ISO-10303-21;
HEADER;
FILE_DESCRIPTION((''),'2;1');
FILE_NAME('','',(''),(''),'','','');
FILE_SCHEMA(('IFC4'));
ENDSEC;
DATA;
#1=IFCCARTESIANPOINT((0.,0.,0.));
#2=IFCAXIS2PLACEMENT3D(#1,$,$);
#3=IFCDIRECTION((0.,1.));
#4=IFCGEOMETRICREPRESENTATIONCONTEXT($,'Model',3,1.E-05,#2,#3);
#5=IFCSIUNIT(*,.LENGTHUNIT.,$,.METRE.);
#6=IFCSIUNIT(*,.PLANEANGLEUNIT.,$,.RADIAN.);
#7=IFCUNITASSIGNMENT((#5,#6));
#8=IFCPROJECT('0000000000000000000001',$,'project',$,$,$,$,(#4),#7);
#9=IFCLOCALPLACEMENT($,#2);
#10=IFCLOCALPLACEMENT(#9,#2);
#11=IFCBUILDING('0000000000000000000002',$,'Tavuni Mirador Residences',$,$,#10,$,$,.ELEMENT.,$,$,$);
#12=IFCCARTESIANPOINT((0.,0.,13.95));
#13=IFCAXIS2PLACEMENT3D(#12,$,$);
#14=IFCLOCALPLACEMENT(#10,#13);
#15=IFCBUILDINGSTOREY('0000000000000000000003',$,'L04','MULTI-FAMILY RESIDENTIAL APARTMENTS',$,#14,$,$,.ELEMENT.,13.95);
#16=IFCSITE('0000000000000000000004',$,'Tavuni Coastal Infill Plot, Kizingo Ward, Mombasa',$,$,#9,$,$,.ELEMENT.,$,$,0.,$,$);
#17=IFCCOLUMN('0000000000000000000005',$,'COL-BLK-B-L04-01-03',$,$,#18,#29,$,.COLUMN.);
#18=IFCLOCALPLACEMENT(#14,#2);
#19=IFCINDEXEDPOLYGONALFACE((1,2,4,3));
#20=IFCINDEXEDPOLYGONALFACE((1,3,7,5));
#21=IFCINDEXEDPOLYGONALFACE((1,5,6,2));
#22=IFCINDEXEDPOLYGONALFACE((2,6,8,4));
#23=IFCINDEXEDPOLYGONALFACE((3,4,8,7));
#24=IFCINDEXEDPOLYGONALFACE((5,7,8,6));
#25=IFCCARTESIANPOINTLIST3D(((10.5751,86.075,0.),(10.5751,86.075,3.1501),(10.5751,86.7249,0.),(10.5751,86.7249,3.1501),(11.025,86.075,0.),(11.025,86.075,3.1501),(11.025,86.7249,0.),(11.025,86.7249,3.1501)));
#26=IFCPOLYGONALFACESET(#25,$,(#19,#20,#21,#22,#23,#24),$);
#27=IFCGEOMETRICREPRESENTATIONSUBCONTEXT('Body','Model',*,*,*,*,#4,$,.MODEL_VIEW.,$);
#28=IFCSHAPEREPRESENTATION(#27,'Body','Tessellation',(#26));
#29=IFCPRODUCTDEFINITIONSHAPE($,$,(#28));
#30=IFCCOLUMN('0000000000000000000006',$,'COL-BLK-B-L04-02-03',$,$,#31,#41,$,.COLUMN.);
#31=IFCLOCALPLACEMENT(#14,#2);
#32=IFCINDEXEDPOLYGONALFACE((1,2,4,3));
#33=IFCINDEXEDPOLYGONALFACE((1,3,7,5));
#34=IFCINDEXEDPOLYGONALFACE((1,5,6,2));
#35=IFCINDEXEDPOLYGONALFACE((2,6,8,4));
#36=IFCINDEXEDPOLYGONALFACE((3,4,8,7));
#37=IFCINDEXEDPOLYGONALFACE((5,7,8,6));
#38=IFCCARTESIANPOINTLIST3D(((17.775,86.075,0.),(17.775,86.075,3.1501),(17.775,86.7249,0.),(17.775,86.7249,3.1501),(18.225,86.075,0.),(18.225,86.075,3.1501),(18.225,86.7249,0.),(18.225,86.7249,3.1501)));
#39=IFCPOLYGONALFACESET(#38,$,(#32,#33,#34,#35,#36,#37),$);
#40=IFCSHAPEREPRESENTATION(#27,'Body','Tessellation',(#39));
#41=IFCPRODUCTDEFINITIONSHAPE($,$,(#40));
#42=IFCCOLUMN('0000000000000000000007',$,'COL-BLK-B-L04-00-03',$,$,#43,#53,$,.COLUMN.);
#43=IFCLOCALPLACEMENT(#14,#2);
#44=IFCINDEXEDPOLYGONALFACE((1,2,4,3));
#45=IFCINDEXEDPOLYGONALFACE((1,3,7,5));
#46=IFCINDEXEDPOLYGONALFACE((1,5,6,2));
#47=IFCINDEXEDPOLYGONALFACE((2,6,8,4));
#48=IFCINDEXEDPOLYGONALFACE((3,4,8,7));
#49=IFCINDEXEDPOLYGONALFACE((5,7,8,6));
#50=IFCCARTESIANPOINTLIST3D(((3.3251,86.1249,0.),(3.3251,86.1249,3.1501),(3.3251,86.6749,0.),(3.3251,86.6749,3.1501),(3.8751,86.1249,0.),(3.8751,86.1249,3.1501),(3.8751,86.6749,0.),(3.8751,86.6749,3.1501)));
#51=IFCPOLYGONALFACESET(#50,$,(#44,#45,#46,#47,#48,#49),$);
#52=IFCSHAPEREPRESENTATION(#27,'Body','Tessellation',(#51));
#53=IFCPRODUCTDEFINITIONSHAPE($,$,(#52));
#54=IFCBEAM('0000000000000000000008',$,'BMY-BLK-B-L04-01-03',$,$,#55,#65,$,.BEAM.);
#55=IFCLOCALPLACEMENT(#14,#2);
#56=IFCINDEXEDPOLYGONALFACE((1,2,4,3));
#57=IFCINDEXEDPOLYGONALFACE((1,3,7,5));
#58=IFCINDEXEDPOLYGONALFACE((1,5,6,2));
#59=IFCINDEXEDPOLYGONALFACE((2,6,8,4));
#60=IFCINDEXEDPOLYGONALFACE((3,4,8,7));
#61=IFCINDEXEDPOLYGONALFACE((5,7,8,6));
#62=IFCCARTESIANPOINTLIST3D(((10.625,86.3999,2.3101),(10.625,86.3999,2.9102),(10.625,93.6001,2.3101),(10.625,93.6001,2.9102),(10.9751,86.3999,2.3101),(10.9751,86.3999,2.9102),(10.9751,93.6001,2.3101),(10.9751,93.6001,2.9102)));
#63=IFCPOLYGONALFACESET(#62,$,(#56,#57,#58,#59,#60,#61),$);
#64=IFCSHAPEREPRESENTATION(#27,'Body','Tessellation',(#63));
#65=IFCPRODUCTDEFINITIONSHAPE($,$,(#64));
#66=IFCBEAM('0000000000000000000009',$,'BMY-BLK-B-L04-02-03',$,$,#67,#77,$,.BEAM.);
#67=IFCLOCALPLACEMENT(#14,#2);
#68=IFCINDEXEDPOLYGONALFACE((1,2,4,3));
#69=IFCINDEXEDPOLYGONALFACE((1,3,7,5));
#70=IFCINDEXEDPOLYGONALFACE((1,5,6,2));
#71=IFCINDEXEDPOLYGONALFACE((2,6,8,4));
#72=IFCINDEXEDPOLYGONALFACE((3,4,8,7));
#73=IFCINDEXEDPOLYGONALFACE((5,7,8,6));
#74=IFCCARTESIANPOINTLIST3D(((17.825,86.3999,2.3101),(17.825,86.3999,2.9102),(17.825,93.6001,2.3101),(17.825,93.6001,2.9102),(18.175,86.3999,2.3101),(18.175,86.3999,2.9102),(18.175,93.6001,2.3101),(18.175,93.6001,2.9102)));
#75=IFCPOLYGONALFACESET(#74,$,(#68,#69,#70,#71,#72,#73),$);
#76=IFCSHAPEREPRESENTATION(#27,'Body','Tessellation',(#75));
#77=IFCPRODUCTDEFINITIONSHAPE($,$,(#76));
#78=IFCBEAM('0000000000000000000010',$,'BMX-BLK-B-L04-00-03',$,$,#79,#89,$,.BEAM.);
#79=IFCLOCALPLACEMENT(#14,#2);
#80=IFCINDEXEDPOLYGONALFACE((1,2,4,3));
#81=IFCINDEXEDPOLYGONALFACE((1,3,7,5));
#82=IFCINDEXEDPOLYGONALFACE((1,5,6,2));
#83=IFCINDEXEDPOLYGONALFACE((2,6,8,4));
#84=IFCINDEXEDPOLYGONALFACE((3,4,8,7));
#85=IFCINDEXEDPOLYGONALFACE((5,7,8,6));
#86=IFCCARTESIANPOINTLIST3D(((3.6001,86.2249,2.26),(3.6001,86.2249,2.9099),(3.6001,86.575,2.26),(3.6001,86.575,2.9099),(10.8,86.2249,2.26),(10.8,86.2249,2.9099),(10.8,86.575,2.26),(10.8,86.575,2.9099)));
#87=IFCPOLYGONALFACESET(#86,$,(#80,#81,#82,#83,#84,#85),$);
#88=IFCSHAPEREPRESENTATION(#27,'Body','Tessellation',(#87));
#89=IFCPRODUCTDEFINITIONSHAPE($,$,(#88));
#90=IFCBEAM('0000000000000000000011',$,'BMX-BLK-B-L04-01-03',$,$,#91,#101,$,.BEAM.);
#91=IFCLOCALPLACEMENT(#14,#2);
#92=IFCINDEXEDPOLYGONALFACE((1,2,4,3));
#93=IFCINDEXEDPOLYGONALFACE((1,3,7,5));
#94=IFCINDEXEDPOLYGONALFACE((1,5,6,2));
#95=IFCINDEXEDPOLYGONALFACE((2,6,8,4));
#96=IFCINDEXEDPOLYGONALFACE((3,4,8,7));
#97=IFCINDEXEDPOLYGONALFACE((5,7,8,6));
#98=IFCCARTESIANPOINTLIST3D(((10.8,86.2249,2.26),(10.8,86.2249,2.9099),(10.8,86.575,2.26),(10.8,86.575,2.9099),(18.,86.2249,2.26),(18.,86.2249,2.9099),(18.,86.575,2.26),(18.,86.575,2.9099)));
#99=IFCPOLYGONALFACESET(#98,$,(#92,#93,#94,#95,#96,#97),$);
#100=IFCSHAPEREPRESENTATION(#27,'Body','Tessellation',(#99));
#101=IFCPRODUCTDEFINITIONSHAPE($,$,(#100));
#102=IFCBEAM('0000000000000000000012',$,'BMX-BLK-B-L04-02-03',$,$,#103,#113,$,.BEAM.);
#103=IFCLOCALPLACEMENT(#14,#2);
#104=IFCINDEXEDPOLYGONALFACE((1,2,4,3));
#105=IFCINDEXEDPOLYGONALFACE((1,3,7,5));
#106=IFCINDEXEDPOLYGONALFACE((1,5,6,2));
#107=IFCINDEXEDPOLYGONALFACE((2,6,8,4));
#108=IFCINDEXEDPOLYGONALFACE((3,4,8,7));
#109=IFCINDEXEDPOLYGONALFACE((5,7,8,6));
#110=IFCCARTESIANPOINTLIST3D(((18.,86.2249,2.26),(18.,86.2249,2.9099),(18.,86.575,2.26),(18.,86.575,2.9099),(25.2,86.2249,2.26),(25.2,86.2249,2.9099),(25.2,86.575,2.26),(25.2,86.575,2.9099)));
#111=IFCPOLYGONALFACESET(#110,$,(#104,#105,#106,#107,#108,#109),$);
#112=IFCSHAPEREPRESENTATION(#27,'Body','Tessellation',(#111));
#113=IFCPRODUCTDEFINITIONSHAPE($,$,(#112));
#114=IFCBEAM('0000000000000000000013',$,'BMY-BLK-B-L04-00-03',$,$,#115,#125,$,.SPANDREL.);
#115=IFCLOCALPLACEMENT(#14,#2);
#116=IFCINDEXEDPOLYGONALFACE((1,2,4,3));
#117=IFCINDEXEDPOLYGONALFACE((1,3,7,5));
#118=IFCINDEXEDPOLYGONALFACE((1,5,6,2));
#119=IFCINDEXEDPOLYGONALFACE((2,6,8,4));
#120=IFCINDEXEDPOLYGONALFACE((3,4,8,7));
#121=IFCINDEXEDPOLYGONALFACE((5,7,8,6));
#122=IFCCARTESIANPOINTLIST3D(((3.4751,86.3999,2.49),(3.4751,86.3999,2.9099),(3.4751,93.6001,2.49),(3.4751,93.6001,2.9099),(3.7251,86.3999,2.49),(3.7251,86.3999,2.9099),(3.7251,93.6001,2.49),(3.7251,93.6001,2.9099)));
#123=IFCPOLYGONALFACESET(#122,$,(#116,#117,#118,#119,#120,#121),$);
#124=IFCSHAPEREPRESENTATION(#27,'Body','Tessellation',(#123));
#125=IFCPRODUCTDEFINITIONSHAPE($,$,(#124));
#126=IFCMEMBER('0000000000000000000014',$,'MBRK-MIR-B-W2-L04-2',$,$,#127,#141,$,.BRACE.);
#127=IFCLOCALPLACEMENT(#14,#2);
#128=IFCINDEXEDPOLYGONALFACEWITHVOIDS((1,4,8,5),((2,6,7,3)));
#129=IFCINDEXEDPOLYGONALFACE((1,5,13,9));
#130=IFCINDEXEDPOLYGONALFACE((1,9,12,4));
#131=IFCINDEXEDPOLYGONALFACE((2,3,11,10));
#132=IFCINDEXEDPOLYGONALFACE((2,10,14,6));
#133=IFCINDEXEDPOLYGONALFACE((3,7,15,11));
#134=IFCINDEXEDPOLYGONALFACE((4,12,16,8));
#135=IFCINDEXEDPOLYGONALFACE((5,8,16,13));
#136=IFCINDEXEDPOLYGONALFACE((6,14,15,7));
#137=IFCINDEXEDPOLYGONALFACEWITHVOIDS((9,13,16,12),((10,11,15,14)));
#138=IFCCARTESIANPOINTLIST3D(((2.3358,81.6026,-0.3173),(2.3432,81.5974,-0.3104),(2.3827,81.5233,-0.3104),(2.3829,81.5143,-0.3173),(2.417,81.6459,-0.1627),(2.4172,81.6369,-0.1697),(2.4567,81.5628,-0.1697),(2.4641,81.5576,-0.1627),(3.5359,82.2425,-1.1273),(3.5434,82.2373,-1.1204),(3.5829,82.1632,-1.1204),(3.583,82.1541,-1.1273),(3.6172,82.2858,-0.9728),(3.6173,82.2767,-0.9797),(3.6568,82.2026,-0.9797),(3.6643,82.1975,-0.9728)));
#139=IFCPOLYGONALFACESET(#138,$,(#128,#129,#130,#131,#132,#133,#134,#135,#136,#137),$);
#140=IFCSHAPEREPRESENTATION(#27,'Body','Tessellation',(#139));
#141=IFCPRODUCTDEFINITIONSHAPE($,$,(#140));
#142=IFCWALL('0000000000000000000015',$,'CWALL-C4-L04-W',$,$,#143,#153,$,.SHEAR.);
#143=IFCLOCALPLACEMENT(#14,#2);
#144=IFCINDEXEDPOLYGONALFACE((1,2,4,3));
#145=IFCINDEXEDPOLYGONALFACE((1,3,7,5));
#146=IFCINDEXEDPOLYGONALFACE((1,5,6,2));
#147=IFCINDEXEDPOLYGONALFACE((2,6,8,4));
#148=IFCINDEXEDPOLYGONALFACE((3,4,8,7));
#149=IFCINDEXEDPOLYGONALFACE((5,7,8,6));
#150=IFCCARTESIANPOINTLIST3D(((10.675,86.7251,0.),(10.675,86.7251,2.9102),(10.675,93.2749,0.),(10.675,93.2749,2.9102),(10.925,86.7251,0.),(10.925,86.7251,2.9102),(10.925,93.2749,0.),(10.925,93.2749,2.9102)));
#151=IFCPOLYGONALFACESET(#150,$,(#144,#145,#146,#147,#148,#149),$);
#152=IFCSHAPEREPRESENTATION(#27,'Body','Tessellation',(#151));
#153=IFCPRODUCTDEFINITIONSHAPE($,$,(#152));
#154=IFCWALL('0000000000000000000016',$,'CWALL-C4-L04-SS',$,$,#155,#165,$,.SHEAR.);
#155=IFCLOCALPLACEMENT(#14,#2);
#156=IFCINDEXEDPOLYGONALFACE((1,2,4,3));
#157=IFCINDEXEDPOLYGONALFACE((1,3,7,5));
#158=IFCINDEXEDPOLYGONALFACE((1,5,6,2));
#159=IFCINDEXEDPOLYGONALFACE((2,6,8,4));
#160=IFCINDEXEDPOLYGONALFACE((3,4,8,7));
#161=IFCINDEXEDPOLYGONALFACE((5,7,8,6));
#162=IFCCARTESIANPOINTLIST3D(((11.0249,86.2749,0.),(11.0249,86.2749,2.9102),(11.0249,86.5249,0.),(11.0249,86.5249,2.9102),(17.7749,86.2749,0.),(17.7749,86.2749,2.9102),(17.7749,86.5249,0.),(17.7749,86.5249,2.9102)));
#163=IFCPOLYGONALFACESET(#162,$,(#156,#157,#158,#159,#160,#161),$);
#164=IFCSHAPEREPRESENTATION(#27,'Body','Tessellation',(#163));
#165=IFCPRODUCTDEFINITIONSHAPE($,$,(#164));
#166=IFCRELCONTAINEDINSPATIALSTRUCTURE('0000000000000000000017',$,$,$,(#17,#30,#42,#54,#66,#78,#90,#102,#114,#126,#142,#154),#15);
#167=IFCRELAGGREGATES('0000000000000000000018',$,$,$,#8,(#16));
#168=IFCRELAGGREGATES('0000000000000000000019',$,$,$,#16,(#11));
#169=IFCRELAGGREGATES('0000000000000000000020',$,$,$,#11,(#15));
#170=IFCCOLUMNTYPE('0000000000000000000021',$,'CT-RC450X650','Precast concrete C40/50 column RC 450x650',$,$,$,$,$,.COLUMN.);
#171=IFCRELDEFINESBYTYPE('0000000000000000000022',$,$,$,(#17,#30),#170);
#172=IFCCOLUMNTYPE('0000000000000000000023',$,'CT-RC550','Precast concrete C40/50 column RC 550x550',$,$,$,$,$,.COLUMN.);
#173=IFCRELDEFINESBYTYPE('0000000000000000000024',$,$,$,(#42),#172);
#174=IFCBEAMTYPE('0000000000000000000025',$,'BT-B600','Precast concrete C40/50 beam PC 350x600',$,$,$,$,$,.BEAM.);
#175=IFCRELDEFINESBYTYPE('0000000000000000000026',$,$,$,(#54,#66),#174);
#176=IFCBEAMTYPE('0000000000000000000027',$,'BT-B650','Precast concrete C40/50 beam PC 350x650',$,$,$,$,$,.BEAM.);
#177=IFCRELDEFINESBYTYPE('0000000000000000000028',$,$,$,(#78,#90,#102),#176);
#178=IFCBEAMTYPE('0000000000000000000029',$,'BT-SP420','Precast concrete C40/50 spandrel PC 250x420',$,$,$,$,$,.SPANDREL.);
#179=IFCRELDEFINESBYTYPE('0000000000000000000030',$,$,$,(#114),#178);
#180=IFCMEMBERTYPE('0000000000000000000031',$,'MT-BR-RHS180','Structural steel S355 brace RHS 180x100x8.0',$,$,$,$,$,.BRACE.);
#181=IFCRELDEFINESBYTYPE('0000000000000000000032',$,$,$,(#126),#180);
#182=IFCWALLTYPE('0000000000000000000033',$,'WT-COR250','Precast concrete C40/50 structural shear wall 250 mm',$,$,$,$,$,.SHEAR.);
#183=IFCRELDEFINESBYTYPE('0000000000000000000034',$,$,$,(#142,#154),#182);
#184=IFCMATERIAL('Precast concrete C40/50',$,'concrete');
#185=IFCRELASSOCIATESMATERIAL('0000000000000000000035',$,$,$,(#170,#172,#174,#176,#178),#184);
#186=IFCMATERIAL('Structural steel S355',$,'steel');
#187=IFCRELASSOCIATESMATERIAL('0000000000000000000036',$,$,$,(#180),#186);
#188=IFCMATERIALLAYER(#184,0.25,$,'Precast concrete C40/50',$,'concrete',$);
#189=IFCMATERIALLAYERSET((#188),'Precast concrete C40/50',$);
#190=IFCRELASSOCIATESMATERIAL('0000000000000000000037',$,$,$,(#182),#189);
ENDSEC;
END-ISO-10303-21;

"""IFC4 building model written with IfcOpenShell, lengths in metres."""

from ifc_helpers import new_model, si_unit, direction, frame, frame_2d, origin, origin_2d, place, context, subcontext, project, spatial, rectangle, hollow_rectangle, extrude, material, layer, layer_set, material_profile, profile_set, type_object, element, save


model = new_model("IFC4")

# Units and contexts
model_context = context("Model", 3, precision=1e-05, world=origin(), true_north=direction((0.0, 1.0)))
body_context = subcontext(model_context, "Body", "Model", "MODEL_VIEW")
ifc_project = project(units=[si_unit("LENGTHUNIT", "METRE"), si_unit("PLANEANGLEUNIT", "RADIAN")], contexts=[model_context])

# Site, building, storey
site_placement = place(None, origin())
site = spatial("IfcSite", under=ifc_project, at=site_placement, Name="Tavuni Coastal Infill Plot, Kizingo Ward, Mombasa", CompositionType="ELEMENT", RefElevation=0.0)
building_placement = place(site_placement, origin())
building = spatial("IfcBuilding", under=site, at=building_placement, Name="Tavuni Mirador Residences", CompositionType="ELEMENT")
storey_placement = place(building_placement, frame((0.0, 0.0, 13.95)))
storey = spatial("IfcBuildingStorey", under=building, at=storey_placement, Name="L04", Description="MULTI-FAMILY RESIDENTIAL APARTMENTS", CompositionType="ELEMENT", Elevation=13.95)

# Columns
ifc_material_1 = material(Name="Precast concrete C40/50", Category="concrete")
ifc_material_profile_1 = material_profile(ifc_material_1, rectangle(XDim=0.45, YDim=0.6499, at=origin_2d()), Name="RC 450x650", Category="concrete")
ifc_profile_set_1 = profile_set([ifc_material_profile_1], Name="Precast concrete C40/50")
column_type_1 = type_object("IfcColumnType", Name="CT-RC450X650", Description="Precast concrete C40/50 column RC 450x650", PredefinedType="COLUMN", material=ifc_profile_set_1)
for number, where, z_axis, x_axis, name in (
    (1, (10.8, 86.3999, 0.0), (0.0, 0.0, 1.0), (1.0, 0.0, 0.0), "COL-BLK-B-L04-01-03"),
    (2, (18.0, 86.3999, 0.0), (0.0, 0.0, 1.0), (1.0, 0.0, 0.0), "COL-BLK-B-L04-02-03"),
):
    element("IfcColumn", number, at=place(storey_placement, frame(where, z_axis=z_axis, x_axis=x_axis)), inside=storey, type_object=column_type_1, Name=name, PredefinedType="COLUMN", context=body_context, shape_type="SweptSolid", body=[
        extrude(rectangle(XDim=0.45, YDim=0.6499, at=origin_2d()), origin(), (0.0, 0.0, 1.0), 3.1501),
    ])
ifc_material_profile_2 = material_profile(ifc_material_1, rectangle(XDim=0.55, YDim=0.55, at=origin_2d()), Name="RC 550x550", Category="concrete")
ifc_profile_set_2 = profile_set([ifc_material_profile_2], Name="Precast concrete C40/50")
column_type_2 = type_object("IfcColumnType", Name="CT-RC550", Description="Precast concrete C40/50 column RC 550x550", PredefinedType="COLUMN", material=ifc_profile_set_2)
column_placement = place(storey_placement, frame((3.6001, 86.3999, 0.0), z_axis=(0.0, 0.0, 1.0), x_axis=(1.0, 0.0, 0.0)))
element("IfcColumn", 3, at=column_placement, inside=storey, type_object=column_type_2, Name="COL-BLK-B-L04-00-03", PredefinedType="COLUMN", context=body_context, shape_type="SweptSolid", body=[
    extrude(rectangle(XDim=0.55, YDim=0.55, at=origin_2d()), origin(), (0.0, 0.0, 1.0), 3.1501),
])

# Beams
ifc_material_profile_3 = material_profile(ifc_material_1, rectangle(XDim=0.3501, YDim=0.6001, at=origin_2d()), Name="PC 350x600", Category="concrete")
ifc_profile_set_3 = profile_set([ifc_material_profile_3], Name="Precast concrete C40/50")
beam_type_1 = type_object("IfcBeamType", Name="BT-B600", Description="Precast concrete C40/50 beam PC 350x600", PredefinedType="BEAM", material=ifc_profile_set_3)
for number, where, z_axis, x_axis, name in (
    (4, (10.8, 86.3999, 2.6101), (0.0, 1.0, 0.0), (-1.0, 0.0, 0.0), "BMY-BLK-B-L04-01-03"),
    (5, (18.0, 86.3999, 2.6101), (0.0, 1.0, 0.0), (-1.0, 0.0, 0.0), "BMY-BLK-B-L04-02-03"),
):
    element("IfcBeam", number, at=place(storey_placement, frame(where, z_axis=z_axis, x_axis=x_axis)), inside=storey, type_object=beam_type_1, Name=name, PredefinedType="BEAM", context=body_context, shape_type="SweptSolid", body=[
        extrude(rectangle(XDim=0.3501, YDim=0.6001, at=origin_2d()), origin(), (0.0, 0.0, 1.0), 7.2002),
    ])
ifc_material_profile_4 = material_profile(ifc_material_1, rectangle(XDim=0.3501, YDim=0.6499, at=origin_2d()), Name="PC 350x650", Category="concrete")
ifc_profile_set_4 = profile_set([ifc_material_profile_4], Name="Precast concrete C40/50")
beam_type_2 = type_object("IfcBeamType", Name="BT-B650", Description="Precast concrete C40/50 beam PC 350x650", PredefinedType="BEAM", material=ifc_profile_set_4)
for number, where, z_axis, x_axis, name in (
    (6, (3.6001, 86.3999, 2.585), (1.0, 0.0, 0.0), (0.0, 1.0, 0.0), "BMX-BLK-B-L04-00-03"),
    (7, (10.8, 86.3999, 2.585), (1.0, 0.0, 0.0), (0.0, 1.0, 0.0), "BMX-BLK-B-L04-01-03"),
    (8, (18.0, 86.3999, 2.585), (1.0, 0.0, 0.0), (0.0, 1.0, 0.0), "BMX-BLK-B-L04-02-03"),
):
    element("IfcBeam", number, at=place(storey_placement, frame(where, z_axis=z_axis, x_axis=x_axis)), inside=storey, type_object=beam_type_2, Name=name, PredefinedType="BEAM", context=body_context, shape_type="SweptSolid", body=[
        extrude(rectangle(XDim=0.3501, YDim=0.6499, at=origin_2d()), origin(), (0.0, 0.0, 1.0), 7.2),
    ])
ifc_material_profile_5 = material_profile(ifc_material_1, rectangle(XDim=0.25, YDim=0.4199, at=origin_2d()), Name="PC 250x420", Category="concrete")
ifc_profile_set_5 = profile_set([ifc_material_profile_5], Name="Precast concrete C40/50")
beam_type_3 = type_object("IfcBeamType", Name="BT-SP420", Description="Precast concrete C40/50 spandrel PC 250x420", PredefinedType="SPANDREL", material=ifc_profile_set_5)
beam_placement = place(storey_placement, frame((3.6001, 86.3999, 2.7), z_axis=(0.0, 1.0, 0.0), x_axis=(-1.0, 0.0, 0.0)))
element("IfcBeam", 9, at=beam_placement, inside=storey, type_object=beam_type_3, Name="BMY-BLK-B-L04-00-03", PredefinedType="SPANDREL", context=body_context, shape_type="SweptSolid", body=[
    extrude(rectangle(XDim=0.25, YDim=0.4199, at=origin_2d()), origin(), (0.0, 0.0, 1.0), 7.2002),
])

# Member
ifc_material_2 = material(Name="Structural steel S355", Category="steel")
ifc_material_profile_6 = material_profile(ifc_material_2, hollow_rectangle(XDim=0.1001, YDim=0.1799, WallThickness=0.0081, at=origin_2d()), Name="RHS 180x100x8.0", Category="steel")
ifc_profile_set_6 = profile_set([ifc_material_profile_6], Name="Structural steel S355")
member_type = type_object("IfcMemberType", Name="MT-BR-RHS180", Description="Structural steel S355 brace RHS 180x100x8.0", PredefinedType="BRACE", material=ifc_profile_set_6)
member_placement = place(storey_placement, frame((3.6001, 82.22, -1.05), z_axis=(-0.758142, -0.404209, 0.511699), x_axis=(0.470467, -0.882418, 0.0)))
element("IfcMember", 10, at=member_placement, inside=storey, type_object=member_type, Name="MBRK-MIR-B-W2-L04-2", PredefinedType="BRACE", context=body_context, shape_type="SweptSolid", body=[
    extrude(hollow_rectangle(XDim=0.1001, YDim=0.1799, WallThickness=0.0081, at=origin_2d()), origin(), (0.0, 0.0, 1.0), 1.583),
])

# Wall
ifc_layer_1 = layer(ifc_material_1, 0.25, Name="Precast concrete C40/50", Category="concrete")
ifc_layer_set_1 = layer_set([ifc_layer_1], Name="Precast concrete C40/50")
wall_type_1 = type_object("IfcWallType", Name="WT-COR250", Description="Precast concrete C40/50 structural shear wall 250 mm", PredefinedType="SHEAR", material=ifc_layer_set_1)
wall_1_placement = place(storey_placement, frame((10.8, 86.7251, 0.0), z_axis=(0.0, 0.0, 1.0), x_axis=(0.0, 1.0, 0.0)))
element("IfcWall", 11, at=wall_1_placement, inside=storey, type_object=wall_type_1, Name="CWALL-C4-L04-W", PredefinedType="SHEAR", context=body_context, shape_type="SweptSolid", body=[
    extrude(rectangle(XDim=6.5498, YDim=0.25, at=frame_2d((3.2749, 0.0))), origin(), (0.0, 0.0, 1.0), 2.9102),
])

# Wall
wall_2_placement = place(storey_placement, frame((11.0249, 86.3999, 0.0), z_axis=(0.0, 0.0, 1.0), x_axis=(1.0, 0.0, 0.0)))
element("IfcWall", 12, at=wall_2_placement, inside=storey, type_object=wall_type_1, Name="CWALL-C4-L04-SS", PredefinedType="SHEAR", context=body_context, shape_type="SweptSolid", body=[
    extrude(rectangle(XDim=6.75, YDim=0.25, at=frame_2d((3.375, 0.0))), origin(), (0.0, 0.0, 1.0), 2.9102),
])

save(model, "model.ifc")
